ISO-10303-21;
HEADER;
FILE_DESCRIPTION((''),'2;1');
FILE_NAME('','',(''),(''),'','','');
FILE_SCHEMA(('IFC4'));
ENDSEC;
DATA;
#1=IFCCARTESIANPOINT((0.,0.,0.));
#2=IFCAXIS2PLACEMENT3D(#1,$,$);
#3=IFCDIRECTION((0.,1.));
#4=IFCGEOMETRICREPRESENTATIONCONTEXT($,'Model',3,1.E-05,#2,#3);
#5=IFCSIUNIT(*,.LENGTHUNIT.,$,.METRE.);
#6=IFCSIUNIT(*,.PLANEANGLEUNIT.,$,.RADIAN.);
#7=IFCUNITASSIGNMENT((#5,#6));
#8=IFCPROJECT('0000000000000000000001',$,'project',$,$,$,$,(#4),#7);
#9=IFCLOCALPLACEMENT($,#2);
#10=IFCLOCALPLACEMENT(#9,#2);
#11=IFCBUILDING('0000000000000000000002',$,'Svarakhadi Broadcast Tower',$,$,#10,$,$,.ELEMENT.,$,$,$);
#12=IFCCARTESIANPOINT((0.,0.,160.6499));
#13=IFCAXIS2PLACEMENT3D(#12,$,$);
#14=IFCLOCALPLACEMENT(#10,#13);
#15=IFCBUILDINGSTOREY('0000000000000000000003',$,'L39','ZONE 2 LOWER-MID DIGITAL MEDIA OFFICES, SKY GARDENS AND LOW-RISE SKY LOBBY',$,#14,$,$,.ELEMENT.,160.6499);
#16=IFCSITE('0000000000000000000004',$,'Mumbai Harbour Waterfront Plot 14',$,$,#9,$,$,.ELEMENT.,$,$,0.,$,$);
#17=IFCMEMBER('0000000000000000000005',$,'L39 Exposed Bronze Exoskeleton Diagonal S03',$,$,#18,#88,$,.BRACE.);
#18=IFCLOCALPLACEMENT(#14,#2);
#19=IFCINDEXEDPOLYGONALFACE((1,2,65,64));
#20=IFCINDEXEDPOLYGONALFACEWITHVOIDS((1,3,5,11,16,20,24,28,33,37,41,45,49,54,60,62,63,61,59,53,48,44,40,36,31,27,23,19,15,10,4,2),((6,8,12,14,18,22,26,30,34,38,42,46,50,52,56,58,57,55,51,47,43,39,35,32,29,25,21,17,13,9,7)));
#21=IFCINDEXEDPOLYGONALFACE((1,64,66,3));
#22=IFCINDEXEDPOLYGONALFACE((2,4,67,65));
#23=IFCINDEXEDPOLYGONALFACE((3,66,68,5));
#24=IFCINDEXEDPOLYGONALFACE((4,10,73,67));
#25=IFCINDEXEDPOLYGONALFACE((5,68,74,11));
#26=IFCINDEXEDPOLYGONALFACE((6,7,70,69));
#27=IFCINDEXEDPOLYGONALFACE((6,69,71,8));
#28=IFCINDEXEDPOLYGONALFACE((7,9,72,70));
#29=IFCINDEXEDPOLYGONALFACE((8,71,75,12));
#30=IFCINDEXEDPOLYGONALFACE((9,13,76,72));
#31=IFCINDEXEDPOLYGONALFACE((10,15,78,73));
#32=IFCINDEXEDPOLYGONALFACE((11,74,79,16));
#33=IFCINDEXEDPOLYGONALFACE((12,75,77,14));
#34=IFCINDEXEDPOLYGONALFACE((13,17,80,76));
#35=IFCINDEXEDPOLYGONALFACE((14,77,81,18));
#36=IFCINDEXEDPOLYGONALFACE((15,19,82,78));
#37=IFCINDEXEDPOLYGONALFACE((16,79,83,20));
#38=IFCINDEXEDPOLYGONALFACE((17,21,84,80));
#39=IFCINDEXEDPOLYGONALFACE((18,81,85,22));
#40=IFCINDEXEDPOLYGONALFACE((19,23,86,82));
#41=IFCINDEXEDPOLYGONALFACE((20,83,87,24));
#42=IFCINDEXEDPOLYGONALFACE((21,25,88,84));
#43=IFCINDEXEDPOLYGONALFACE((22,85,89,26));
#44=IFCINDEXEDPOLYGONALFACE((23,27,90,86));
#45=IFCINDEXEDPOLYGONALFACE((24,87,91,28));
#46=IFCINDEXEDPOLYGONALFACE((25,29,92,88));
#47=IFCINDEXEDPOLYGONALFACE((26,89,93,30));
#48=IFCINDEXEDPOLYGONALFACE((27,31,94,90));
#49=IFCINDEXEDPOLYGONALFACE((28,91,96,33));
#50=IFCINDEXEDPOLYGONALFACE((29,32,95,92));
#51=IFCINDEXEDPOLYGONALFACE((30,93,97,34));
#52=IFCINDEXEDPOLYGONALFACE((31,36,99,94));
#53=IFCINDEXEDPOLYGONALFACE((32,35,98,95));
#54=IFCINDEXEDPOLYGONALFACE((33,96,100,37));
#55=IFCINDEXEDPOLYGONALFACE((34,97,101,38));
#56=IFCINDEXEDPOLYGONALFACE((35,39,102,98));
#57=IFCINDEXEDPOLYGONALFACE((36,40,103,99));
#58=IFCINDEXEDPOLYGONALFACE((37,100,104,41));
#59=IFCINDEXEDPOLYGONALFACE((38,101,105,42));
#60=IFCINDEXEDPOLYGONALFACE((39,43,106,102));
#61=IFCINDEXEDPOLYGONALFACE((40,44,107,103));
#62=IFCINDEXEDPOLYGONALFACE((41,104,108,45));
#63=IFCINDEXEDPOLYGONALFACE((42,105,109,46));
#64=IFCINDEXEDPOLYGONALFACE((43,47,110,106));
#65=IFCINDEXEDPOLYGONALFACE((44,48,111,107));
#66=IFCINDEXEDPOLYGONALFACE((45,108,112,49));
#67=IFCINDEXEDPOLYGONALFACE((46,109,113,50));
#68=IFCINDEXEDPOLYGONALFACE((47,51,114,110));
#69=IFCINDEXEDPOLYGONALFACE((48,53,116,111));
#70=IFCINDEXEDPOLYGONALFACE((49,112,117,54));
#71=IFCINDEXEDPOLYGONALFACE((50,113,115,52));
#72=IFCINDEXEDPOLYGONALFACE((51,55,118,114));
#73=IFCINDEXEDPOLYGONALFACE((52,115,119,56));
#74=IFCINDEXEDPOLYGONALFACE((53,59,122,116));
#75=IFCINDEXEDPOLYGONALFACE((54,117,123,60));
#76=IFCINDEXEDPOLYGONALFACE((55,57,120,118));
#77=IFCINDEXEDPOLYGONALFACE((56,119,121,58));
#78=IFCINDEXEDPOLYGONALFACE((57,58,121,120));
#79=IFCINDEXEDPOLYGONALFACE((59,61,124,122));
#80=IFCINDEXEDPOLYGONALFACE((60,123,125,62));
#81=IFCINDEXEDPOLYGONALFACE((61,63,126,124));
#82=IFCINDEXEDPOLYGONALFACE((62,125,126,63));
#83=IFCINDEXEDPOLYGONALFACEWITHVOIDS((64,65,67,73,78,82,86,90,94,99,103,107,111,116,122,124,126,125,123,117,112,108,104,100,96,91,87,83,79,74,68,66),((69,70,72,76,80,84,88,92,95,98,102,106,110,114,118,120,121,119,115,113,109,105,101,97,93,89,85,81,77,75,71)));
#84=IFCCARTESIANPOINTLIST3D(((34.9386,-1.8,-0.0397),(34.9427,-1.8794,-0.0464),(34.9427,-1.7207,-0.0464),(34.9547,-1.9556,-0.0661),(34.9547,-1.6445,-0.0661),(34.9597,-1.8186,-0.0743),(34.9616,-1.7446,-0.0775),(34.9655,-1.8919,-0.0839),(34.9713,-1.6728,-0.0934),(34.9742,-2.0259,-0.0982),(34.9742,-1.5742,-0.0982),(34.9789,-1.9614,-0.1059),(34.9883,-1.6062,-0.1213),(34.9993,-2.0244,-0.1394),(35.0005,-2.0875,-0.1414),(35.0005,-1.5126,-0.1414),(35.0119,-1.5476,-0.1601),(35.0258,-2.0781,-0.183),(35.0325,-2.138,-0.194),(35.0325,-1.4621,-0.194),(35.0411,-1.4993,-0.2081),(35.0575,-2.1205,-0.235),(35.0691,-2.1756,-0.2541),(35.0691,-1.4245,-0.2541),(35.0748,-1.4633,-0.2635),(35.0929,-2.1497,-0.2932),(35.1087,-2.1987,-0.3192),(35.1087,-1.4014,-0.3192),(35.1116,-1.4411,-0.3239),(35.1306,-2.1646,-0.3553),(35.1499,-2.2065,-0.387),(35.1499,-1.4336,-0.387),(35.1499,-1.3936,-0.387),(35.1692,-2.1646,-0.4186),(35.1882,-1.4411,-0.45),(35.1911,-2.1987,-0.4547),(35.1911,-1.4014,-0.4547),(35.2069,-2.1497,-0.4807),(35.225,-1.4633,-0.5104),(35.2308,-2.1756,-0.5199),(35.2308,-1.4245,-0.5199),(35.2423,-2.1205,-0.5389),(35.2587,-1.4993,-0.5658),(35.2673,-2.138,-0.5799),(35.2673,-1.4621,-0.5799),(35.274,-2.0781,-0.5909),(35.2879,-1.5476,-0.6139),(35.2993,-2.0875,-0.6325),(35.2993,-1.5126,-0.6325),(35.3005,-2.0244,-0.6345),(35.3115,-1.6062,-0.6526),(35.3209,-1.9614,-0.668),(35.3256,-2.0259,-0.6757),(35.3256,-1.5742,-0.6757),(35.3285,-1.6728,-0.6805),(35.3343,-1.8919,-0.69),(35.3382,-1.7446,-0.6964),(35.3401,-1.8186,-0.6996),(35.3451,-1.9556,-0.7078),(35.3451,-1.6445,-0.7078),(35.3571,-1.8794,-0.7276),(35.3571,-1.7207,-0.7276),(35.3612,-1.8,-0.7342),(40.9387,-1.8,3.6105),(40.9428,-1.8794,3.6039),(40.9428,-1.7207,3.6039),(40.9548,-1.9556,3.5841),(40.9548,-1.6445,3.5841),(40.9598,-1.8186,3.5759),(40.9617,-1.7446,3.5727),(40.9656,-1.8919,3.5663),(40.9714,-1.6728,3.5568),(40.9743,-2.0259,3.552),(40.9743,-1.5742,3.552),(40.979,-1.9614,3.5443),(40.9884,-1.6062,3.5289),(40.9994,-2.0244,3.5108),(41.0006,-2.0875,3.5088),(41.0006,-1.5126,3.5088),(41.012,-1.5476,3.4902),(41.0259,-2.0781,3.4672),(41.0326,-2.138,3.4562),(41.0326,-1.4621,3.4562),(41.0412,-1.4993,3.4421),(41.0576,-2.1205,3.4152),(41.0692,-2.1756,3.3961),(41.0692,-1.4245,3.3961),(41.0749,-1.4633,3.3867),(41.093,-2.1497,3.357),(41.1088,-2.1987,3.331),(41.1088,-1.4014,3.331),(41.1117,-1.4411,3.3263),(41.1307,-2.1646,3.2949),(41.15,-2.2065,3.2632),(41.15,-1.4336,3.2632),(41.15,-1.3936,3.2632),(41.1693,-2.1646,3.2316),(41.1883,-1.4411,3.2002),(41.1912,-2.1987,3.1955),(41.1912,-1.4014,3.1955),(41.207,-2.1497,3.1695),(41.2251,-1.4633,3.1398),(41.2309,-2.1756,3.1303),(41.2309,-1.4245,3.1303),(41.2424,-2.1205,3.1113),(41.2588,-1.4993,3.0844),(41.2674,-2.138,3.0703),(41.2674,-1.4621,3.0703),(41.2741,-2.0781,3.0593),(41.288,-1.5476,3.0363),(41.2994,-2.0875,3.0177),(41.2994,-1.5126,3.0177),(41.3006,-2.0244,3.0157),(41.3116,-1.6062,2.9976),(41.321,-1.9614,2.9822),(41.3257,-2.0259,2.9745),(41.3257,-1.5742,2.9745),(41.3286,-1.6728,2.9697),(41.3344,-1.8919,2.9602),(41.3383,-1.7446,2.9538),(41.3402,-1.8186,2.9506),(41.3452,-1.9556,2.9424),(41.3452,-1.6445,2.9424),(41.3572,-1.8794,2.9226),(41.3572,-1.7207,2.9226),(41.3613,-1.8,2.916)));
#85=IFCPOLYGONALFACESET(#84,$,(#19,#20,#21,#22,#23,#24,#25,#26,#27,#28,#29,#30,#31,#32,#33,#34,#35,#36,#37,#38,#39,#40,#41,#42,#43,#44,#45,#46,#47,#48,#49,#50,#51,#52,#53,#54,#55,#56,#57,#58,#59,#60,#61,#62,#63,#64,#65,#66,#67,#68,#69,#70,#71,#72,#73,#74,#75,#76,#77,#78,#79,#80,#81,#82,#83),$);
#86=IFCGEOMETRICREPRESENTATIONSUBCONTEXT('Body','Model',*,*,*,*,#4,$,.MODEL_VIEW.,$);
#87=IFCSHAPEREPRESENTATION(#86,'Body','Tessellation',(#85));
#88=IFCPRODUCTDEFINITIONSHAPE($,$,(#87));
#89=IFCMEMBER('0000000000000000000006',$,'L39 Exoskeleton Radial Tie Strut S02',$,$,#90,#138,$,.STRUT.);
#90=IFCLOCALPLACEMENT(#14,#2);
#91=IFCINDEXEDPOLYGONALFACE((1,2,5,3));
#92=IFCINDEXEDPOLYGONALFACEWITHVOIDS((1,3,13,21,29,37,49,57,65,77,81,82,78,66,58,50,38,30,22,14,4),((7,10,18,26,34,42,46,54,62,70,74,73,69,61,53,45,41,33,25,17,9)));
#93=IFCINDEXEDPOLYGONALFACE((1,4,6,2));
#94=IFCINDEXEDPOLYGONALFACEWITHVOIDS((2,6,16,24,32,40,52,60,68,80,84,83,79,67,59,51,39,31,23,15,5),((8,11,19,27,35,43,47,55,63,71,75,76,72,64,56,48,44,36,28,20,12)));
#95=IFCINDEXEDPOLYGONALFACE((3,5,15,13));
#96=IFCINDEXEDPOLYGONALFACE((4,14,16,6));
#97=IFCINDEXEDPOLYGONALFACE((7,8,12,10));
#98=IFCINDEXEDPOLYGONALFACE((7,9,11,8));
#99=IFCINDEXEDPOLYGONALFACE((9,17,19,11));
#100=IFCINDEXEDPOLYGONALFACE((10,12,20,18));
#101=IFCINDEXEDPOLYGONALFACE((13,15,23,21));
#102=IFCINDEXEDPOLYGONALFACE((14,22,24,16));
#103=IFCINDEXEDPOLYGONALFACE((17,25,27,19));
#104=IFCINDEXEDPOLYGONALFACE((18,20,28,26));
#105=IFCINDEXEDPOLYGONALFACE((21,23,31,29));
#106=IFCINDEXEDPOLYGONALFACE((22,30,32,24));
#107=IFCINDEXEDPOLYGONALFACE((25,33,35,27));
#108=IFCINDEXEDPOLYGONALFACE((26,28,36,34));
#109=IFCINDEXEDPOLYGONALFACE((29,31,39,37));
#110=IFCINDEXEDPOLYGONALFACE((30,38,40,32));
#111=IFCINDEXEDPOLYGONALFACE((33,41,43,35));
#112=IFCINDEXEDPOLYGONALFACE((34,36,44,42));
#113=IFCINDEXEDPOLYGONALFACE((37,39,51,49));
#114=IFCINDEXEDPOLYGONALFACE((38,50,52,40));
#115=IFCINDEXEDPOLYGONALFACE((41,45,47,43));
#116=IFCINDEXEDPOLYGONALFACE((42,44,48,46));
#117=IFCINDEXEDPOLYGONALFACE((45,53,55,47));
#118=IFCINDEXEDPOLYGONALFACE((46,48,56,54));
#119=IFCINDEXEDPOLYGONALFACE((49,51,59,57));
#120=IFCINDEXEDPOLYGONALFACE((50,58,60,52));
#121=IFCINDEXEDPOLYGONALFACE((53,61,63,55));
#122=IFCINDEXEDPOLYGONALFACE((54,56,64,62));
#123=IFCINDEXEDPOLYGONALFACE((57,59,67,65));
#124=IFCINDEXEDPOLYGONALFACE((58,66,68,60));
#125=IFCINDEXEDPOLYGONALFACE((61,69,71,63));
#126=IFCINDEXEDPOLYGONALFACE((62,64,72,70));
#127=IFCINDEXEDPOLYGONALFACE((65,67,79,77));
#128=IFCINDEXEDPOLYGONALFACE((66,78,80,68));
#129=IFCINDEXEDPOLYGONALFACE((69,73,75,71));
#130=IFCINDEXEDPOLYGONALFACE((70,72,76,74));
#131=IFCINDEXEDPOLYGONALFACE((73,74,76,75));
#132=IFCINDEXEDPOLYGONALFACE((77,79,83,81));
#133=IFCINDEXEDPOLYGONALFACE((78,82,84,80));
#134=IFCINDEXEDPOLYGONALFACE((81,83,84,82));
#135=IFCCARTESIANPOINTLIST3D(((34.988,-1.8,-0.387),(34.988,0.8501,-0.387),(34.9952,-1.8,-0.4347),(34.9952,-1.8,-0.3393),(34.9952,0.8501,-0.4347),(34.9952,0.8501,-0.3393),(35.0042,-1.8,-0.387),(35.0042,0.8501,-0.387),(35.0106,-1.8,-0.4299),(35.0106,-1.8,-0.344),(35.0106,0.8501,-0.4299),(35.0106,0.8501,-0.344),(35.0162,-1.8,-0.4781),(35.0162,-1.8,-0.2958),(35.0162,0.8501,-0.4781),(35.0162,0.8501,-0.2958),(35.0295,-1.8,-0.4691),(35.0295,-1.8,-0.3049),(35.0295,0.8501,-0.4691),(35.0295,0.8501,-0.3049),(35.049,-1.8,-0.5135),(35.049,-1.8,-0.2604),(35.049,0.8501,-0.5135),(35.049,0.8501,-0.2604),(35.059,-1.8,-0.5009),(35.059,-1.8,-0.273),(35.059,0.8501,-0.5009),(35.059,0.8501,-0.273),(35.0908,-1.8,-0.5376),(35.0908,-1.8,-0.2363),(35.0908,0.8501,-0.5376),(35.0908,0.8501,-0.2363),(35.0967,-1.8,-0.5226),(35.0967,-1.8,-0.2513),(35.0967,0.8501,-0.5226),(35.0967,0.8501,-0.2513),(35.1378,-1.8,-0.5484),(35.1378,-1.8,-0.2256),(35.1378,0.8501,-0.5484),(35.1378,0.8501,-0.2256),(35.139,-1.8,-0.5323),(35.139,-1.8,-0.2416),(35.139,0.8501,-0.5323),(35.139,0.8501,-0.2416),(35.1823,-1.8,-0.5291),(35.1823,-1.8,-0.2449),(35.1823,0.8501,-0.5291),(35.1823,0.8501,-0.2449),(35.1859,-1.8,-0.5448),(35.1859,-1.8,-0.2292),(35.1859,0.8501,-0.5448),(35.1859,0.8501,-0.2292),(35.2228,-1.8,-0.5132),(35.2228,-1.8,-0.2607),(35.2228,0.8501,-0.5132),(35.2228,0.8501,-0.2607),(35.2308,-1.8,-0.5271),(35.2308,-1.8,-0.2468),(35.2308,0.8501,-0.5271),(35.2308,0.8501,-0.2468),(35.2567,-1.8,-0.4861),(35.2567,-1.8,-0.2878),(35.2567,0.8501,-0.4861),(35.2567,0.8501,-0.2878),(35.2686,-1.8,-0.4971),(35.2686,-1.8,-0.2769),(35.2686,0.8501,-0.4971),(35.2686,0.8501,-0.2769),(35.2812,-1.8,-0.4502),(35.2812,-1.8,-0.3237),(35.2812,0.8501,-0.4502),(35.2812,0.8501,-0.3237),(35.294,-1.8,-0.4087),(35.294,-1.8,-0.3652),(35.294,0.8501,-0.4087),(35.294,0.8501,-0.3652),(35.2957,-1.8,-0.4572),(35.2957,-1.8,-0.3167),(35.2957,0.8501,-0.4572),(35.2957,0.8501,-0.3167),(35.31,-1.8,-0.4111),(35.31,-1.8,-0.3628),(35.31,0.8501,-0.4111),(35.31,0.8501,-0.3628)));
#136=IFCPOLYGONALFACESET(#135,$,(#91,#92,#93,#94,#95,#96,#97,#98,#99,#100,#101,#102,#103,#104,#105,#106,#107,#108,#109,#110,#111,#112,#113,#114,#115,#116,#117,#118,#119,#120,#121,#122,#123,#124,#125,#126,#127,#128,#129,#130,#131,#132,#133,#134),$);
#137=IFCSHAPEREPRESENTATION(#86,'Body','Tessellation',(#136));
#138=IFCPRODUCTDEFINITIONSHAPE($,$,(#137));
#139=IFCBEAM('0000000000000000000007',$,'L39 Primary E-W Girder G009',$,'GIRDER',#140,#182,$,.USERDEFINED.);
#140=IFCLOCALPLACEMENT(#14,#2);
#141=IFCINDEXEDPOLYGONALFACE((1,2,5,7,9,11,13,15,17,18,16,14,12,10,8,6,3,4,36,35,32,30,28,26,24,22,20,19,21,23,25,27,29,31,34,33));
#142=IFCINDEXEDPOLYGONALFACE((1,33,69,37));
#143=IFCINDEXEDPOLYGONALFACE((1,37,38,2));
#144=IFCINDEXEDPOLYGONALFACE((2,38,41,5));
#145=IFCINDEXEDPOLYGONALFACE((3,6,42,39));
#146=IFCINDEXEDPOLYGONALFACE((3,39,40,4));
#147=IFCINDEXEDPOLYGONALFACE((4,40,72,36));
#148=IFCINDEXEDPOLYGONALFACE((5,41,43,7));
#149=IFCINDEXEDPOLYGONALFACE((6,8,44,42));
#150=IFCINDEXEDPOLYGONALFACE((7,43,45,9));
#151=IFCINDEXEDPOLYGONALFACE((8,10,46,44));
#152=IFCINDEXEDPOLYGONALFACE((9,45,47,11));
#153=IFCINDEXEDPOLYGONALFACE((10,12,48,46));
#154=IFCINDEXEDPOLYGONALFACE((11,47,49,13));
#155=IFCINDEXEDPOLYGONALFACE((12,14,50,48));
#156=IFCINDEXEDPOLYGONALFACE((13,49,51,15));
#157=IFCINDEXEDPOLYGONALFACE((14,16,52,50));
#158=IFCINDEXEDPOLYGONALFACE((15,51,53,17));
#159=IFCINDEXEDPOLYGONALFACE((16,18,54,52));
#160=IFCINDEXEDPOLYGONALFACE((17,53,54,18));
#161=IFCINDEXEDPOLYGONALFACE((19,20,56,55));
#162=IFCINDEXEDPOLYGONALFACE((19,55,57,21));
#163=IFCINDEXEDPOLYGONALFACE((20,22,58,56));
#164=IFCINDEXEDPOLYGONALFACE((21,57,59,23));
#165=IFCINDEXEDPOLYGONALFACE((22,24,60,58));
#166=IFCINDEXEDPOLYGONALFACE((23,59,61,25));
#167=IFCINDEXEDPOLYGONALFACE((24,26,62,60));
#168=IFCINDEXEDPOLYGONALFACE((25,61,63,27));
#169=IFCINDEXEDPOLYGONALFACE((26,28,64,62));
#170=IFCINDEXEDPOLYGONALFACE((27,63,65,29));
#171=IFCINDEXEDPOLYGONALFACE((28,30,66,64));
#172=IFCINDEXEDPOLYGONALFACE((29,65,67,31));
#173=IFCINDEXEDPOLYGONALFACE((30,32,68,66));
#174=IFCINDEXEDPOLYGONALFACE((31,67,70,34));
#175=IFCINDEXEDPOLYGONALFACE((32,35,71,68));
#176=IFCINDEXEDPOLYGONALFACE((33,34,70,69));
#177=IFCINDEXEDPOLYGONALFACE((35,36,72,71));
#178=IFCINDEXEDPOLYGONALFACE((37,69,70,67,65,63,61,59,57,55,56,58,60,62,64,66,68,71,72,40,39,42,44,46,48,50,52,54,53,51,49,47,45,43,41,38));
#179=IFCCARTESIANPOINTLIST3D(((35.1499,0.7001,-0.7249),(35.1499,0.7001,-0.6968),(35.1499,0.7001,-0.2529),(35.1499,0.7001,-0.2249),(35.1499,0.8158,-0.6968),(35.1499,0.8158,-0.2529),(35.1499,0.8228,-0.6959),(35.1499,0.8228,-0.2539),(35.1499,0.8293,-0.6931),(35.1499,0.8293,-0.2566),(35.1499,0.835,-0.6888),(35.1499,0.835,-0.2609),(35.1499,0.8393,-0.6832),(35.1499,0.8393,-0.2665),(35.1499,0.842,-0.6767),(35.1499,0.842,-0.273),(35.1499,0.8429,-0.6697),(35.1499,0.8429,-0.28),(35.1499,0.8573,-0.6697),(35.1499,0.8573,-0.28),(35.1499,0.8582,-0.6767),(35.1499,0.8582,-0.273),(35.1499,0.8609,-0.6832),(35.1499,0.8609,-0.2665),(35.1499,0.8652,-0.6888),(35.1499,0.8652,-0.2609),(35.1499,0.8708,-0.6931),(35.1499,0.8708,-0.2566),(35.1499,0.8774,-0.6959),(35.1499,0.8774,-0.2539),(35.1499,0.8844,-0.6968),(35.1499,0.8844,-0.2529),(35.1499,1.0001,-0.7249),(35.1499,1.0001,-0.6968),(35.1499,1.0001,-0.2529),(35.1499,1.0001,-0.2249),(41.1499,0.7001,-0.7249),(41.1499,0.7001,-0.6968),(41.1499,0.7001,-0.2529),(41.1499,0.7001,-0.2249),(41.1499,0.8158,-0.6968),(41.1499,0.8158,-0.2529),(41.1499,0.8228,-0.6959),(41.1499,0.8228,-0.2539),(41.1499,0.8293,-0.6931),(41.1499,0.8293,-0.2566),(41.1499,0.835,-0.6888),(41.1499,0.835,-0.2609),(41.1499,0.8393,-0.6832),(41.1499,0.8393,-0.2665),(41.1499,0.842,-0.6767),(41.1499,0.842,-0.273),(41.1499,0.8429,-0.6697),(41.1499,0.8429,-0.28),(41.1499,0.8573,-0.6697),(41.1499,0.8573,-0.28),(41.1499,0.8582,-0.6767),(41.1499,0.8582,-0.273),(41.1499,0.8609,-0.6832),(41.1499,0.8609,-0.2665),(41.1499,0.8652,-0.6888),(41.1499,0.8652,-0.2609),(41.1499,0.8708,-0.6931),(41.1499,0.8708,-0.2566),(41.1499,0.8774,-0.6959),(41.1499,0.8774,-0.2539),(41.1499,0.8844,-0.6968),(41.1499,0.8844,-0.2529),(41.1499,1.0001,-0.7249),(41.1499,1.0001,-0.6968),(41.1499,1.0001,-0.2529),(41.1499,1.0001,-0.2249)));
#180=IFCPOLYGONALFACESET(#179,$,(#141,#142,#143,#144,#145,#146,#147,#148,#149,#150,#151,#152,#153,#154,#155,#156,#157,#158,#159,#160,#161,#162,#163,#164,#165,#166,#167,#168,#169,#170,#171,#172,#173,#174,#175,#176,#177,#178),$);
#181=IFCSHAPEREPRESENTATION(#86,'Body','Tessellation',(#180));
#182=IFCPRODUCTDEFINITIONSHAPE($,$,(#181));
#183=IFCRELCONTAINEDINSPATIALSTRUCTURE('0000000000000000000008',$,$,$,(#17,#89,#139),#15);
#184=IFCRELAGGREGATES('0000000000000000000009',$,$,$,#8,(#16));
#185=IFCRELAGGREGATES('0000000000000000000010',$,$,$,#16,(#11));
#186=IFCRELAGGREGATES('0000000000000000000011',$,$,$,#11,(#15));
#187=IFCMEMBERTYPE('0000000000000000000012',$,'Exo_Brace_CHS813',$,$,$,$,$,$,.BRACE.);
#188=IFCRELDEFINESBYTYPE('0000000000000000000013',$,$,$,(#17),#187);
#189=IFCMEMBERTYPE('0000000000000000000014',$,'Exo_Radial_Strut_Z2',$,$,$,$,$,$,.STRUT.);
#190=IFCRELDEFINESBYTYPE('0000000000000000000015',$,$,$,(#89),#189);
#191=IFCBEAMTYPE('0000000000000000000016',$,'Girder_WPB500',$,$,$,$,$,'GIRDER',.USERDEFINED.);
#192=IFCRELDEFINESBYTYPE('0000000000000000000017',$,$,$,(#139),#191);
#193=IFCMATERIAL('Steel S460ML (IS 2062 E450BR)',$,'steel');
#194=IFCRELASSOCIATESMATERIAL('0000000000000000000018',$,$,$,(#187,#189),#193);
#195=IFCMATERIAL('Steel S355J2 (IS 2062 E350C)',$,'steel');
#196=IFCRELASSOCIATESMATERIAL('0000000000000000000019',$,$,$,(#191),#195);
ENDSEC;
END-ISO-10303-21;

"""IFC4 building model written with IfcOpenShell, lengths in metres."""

from ifc_helpers import new_model, si_unit, direction, frame, origin, origin_2d, place, context, subcontext, project, spatial, hollow_circle, i_section, extrude, material, material_profile, profile_set, type_object, element, save


model = new_model("IFC4")

# Units and contexts
model_context = context("Model", 3, precision=1e-05, world=origin(), true_north=direction((0.0, 1.0)))
body_context = subcontext(model_context, "Body", "Model", "MODEL_VIEW")
ifc_project = project(units=[si_unit("LENGTHUNIT", "METRE"), si_unit("PLANEANGLEUNIT", "RADIAN")], contexts=[model_context])

# Site, building, storey
site_placement = place(None, origin())
site = spatial("IfcSite", under=ifc_project, at=site_placement, Name="Mumbai Harbour Waterfront Plot 14", CompositionType="ELEMENT", RefElevation=0.0)
building_placement = place(site_placement, origin())
building = spatial("IfcBuilding", under=site, at=building_placement, Name="Svarakhadi Broadcast Tower", CompositionType="ELEMENT")
storey_placement = place(building_placement, frame((0.0, 0.0, 160.6499)))
storey = spatial("IfcBuildingStorey", under=building, at=storey_placement, Name="L39", Description="ZONE 2 LOWER-MID DIGITAL MEDIA OFFICES, SKY GARDENS AND LOW-RISE SKY LOBBY", CompositionType="ELEMENT", Elevation=160.6499)

# Members
ifc_material_1 = material(Name="Steel S460ML (IS 2062 E450BR)", Category="steel")
ifc_material_profile_1 = material_profile(ifc_material_1, hollow_circle(Radius=0.4065, WallThickness=0.04, at=origin_2d()), Name="CHS 813x40")
ifc_profile_set_1 = profile_set([ifc_material_profile_1], Name="Steel S460ML (IS 2062 E450BR)")
member_type_1 = type_object("IfcMemberType", Name="Exo_Brace_CHS813", PredefinedType="BRACE", material=ifc_profile_set_1)
member_1_placement = place(storey_placement, frame((35.1499, -1.8, -0.387), z_axis=(0.854327, 0.0, 0.519736), x_axis=(0.0, 1.0, 0.0)))
element("IfcMember", 1, at=member_1_placement, inside=storey, type_object=member_type_1, Name="L39 Exposed Bronze Exoskeleton Diagonal S03", PredefinedType="BRACE", context=body_context, shape_type="SweptSolid", body=[
    extrude(hollow_circle(Radius=0.4065, WallThickness=0.04, at=origin_2d()), origin(), (0.0, 0.0, 1.0), 7.0232),
])
ifc_material_profile_2 = material_profile(ifc_material_1, hollow_circle(Radius=0.1619, WallThickness=0.0161, at=origin_2d()), Name="CHS 323.9x16")
ifc_profile_set_2 = profile_set([ifc_material_profile_2], Name="Steel S460ML (IS 2062 E450BR)")
member_type_2 = type_object("IfcMemberType", Name="Exo_Radial_Strut_Z2", PredefinedType="STRUT", material=ifc_profile_set_2)
member_2_placement = place(storey_placement, frame((35.1499, -1.8, -0.387), z_axis=(0.0, 1.0, 0.0), x_axis=(-1.0, 0.0, 0.0)))
element("IfcMember", 2, at=member_2_placement, inside=storey, type_object=member_type_2, Name="L39 Exoskeleton Radial Tie Strut S02", PredefinedType="STRUT", context=body_context, shape_type="SweptSolid", body=[
    extrude(hollow_circle(Radius=0.1619, WallThickness=0.0161, at=origin_2d()), origin(), (0.0, 0.0, 1.0), 2.6501),
])

# Beam
ifc_material_2 = material(Name="Steel S355J2 (IS 2062 E350C)", Category="steel")
ifc_material_profile_3 = material_profile(ifc_material_2, i_section(OverallWidth=0.3, OverallDepth=0.5, WebThickness=0.0144, FlangeThickness=0.0281, FilletRadius=0.0271, at=origin_2d()), Name="WPB 500x300x187")
ifc_profile_set_3 = profile_set([ifc_material_profile_3], Name="Steel S355J2 (IS 2062 E350C)")
beam_type = type_object("IfcBeamType", Name="Girder_WPB500", ElementType="GIRDER", PredefinedType="USERDEFINED", material=ifc_profile_set_3)
beam_1_placement = place(storey_placement, frame((35.1499, 0.8501, -0.4749), z_axis=(1.0, 0.0, 0.0), x_axis=(0.0, 1.0, 0.0)))
element("IfcBeam", 3, at=beam_1_placement, inside=storey, type_object=beam_type, Name="L39 Primary E-W Girder G009", ObjectType="GIRDER", PredefinedType="USERDEFINED", context=body_context, shape_type="SweptSolid", body=[
    extrude(i_section(OverallWidth=0.3, OverallDepth=0.5, WebThickness=0.0144, FlangeThickness=0.0281, FilletRadius=0.0271, at=origin_2d()), origin(), (0.0, 0.0, 1.0), 6.0),
])

save(model, "model.ifc")
